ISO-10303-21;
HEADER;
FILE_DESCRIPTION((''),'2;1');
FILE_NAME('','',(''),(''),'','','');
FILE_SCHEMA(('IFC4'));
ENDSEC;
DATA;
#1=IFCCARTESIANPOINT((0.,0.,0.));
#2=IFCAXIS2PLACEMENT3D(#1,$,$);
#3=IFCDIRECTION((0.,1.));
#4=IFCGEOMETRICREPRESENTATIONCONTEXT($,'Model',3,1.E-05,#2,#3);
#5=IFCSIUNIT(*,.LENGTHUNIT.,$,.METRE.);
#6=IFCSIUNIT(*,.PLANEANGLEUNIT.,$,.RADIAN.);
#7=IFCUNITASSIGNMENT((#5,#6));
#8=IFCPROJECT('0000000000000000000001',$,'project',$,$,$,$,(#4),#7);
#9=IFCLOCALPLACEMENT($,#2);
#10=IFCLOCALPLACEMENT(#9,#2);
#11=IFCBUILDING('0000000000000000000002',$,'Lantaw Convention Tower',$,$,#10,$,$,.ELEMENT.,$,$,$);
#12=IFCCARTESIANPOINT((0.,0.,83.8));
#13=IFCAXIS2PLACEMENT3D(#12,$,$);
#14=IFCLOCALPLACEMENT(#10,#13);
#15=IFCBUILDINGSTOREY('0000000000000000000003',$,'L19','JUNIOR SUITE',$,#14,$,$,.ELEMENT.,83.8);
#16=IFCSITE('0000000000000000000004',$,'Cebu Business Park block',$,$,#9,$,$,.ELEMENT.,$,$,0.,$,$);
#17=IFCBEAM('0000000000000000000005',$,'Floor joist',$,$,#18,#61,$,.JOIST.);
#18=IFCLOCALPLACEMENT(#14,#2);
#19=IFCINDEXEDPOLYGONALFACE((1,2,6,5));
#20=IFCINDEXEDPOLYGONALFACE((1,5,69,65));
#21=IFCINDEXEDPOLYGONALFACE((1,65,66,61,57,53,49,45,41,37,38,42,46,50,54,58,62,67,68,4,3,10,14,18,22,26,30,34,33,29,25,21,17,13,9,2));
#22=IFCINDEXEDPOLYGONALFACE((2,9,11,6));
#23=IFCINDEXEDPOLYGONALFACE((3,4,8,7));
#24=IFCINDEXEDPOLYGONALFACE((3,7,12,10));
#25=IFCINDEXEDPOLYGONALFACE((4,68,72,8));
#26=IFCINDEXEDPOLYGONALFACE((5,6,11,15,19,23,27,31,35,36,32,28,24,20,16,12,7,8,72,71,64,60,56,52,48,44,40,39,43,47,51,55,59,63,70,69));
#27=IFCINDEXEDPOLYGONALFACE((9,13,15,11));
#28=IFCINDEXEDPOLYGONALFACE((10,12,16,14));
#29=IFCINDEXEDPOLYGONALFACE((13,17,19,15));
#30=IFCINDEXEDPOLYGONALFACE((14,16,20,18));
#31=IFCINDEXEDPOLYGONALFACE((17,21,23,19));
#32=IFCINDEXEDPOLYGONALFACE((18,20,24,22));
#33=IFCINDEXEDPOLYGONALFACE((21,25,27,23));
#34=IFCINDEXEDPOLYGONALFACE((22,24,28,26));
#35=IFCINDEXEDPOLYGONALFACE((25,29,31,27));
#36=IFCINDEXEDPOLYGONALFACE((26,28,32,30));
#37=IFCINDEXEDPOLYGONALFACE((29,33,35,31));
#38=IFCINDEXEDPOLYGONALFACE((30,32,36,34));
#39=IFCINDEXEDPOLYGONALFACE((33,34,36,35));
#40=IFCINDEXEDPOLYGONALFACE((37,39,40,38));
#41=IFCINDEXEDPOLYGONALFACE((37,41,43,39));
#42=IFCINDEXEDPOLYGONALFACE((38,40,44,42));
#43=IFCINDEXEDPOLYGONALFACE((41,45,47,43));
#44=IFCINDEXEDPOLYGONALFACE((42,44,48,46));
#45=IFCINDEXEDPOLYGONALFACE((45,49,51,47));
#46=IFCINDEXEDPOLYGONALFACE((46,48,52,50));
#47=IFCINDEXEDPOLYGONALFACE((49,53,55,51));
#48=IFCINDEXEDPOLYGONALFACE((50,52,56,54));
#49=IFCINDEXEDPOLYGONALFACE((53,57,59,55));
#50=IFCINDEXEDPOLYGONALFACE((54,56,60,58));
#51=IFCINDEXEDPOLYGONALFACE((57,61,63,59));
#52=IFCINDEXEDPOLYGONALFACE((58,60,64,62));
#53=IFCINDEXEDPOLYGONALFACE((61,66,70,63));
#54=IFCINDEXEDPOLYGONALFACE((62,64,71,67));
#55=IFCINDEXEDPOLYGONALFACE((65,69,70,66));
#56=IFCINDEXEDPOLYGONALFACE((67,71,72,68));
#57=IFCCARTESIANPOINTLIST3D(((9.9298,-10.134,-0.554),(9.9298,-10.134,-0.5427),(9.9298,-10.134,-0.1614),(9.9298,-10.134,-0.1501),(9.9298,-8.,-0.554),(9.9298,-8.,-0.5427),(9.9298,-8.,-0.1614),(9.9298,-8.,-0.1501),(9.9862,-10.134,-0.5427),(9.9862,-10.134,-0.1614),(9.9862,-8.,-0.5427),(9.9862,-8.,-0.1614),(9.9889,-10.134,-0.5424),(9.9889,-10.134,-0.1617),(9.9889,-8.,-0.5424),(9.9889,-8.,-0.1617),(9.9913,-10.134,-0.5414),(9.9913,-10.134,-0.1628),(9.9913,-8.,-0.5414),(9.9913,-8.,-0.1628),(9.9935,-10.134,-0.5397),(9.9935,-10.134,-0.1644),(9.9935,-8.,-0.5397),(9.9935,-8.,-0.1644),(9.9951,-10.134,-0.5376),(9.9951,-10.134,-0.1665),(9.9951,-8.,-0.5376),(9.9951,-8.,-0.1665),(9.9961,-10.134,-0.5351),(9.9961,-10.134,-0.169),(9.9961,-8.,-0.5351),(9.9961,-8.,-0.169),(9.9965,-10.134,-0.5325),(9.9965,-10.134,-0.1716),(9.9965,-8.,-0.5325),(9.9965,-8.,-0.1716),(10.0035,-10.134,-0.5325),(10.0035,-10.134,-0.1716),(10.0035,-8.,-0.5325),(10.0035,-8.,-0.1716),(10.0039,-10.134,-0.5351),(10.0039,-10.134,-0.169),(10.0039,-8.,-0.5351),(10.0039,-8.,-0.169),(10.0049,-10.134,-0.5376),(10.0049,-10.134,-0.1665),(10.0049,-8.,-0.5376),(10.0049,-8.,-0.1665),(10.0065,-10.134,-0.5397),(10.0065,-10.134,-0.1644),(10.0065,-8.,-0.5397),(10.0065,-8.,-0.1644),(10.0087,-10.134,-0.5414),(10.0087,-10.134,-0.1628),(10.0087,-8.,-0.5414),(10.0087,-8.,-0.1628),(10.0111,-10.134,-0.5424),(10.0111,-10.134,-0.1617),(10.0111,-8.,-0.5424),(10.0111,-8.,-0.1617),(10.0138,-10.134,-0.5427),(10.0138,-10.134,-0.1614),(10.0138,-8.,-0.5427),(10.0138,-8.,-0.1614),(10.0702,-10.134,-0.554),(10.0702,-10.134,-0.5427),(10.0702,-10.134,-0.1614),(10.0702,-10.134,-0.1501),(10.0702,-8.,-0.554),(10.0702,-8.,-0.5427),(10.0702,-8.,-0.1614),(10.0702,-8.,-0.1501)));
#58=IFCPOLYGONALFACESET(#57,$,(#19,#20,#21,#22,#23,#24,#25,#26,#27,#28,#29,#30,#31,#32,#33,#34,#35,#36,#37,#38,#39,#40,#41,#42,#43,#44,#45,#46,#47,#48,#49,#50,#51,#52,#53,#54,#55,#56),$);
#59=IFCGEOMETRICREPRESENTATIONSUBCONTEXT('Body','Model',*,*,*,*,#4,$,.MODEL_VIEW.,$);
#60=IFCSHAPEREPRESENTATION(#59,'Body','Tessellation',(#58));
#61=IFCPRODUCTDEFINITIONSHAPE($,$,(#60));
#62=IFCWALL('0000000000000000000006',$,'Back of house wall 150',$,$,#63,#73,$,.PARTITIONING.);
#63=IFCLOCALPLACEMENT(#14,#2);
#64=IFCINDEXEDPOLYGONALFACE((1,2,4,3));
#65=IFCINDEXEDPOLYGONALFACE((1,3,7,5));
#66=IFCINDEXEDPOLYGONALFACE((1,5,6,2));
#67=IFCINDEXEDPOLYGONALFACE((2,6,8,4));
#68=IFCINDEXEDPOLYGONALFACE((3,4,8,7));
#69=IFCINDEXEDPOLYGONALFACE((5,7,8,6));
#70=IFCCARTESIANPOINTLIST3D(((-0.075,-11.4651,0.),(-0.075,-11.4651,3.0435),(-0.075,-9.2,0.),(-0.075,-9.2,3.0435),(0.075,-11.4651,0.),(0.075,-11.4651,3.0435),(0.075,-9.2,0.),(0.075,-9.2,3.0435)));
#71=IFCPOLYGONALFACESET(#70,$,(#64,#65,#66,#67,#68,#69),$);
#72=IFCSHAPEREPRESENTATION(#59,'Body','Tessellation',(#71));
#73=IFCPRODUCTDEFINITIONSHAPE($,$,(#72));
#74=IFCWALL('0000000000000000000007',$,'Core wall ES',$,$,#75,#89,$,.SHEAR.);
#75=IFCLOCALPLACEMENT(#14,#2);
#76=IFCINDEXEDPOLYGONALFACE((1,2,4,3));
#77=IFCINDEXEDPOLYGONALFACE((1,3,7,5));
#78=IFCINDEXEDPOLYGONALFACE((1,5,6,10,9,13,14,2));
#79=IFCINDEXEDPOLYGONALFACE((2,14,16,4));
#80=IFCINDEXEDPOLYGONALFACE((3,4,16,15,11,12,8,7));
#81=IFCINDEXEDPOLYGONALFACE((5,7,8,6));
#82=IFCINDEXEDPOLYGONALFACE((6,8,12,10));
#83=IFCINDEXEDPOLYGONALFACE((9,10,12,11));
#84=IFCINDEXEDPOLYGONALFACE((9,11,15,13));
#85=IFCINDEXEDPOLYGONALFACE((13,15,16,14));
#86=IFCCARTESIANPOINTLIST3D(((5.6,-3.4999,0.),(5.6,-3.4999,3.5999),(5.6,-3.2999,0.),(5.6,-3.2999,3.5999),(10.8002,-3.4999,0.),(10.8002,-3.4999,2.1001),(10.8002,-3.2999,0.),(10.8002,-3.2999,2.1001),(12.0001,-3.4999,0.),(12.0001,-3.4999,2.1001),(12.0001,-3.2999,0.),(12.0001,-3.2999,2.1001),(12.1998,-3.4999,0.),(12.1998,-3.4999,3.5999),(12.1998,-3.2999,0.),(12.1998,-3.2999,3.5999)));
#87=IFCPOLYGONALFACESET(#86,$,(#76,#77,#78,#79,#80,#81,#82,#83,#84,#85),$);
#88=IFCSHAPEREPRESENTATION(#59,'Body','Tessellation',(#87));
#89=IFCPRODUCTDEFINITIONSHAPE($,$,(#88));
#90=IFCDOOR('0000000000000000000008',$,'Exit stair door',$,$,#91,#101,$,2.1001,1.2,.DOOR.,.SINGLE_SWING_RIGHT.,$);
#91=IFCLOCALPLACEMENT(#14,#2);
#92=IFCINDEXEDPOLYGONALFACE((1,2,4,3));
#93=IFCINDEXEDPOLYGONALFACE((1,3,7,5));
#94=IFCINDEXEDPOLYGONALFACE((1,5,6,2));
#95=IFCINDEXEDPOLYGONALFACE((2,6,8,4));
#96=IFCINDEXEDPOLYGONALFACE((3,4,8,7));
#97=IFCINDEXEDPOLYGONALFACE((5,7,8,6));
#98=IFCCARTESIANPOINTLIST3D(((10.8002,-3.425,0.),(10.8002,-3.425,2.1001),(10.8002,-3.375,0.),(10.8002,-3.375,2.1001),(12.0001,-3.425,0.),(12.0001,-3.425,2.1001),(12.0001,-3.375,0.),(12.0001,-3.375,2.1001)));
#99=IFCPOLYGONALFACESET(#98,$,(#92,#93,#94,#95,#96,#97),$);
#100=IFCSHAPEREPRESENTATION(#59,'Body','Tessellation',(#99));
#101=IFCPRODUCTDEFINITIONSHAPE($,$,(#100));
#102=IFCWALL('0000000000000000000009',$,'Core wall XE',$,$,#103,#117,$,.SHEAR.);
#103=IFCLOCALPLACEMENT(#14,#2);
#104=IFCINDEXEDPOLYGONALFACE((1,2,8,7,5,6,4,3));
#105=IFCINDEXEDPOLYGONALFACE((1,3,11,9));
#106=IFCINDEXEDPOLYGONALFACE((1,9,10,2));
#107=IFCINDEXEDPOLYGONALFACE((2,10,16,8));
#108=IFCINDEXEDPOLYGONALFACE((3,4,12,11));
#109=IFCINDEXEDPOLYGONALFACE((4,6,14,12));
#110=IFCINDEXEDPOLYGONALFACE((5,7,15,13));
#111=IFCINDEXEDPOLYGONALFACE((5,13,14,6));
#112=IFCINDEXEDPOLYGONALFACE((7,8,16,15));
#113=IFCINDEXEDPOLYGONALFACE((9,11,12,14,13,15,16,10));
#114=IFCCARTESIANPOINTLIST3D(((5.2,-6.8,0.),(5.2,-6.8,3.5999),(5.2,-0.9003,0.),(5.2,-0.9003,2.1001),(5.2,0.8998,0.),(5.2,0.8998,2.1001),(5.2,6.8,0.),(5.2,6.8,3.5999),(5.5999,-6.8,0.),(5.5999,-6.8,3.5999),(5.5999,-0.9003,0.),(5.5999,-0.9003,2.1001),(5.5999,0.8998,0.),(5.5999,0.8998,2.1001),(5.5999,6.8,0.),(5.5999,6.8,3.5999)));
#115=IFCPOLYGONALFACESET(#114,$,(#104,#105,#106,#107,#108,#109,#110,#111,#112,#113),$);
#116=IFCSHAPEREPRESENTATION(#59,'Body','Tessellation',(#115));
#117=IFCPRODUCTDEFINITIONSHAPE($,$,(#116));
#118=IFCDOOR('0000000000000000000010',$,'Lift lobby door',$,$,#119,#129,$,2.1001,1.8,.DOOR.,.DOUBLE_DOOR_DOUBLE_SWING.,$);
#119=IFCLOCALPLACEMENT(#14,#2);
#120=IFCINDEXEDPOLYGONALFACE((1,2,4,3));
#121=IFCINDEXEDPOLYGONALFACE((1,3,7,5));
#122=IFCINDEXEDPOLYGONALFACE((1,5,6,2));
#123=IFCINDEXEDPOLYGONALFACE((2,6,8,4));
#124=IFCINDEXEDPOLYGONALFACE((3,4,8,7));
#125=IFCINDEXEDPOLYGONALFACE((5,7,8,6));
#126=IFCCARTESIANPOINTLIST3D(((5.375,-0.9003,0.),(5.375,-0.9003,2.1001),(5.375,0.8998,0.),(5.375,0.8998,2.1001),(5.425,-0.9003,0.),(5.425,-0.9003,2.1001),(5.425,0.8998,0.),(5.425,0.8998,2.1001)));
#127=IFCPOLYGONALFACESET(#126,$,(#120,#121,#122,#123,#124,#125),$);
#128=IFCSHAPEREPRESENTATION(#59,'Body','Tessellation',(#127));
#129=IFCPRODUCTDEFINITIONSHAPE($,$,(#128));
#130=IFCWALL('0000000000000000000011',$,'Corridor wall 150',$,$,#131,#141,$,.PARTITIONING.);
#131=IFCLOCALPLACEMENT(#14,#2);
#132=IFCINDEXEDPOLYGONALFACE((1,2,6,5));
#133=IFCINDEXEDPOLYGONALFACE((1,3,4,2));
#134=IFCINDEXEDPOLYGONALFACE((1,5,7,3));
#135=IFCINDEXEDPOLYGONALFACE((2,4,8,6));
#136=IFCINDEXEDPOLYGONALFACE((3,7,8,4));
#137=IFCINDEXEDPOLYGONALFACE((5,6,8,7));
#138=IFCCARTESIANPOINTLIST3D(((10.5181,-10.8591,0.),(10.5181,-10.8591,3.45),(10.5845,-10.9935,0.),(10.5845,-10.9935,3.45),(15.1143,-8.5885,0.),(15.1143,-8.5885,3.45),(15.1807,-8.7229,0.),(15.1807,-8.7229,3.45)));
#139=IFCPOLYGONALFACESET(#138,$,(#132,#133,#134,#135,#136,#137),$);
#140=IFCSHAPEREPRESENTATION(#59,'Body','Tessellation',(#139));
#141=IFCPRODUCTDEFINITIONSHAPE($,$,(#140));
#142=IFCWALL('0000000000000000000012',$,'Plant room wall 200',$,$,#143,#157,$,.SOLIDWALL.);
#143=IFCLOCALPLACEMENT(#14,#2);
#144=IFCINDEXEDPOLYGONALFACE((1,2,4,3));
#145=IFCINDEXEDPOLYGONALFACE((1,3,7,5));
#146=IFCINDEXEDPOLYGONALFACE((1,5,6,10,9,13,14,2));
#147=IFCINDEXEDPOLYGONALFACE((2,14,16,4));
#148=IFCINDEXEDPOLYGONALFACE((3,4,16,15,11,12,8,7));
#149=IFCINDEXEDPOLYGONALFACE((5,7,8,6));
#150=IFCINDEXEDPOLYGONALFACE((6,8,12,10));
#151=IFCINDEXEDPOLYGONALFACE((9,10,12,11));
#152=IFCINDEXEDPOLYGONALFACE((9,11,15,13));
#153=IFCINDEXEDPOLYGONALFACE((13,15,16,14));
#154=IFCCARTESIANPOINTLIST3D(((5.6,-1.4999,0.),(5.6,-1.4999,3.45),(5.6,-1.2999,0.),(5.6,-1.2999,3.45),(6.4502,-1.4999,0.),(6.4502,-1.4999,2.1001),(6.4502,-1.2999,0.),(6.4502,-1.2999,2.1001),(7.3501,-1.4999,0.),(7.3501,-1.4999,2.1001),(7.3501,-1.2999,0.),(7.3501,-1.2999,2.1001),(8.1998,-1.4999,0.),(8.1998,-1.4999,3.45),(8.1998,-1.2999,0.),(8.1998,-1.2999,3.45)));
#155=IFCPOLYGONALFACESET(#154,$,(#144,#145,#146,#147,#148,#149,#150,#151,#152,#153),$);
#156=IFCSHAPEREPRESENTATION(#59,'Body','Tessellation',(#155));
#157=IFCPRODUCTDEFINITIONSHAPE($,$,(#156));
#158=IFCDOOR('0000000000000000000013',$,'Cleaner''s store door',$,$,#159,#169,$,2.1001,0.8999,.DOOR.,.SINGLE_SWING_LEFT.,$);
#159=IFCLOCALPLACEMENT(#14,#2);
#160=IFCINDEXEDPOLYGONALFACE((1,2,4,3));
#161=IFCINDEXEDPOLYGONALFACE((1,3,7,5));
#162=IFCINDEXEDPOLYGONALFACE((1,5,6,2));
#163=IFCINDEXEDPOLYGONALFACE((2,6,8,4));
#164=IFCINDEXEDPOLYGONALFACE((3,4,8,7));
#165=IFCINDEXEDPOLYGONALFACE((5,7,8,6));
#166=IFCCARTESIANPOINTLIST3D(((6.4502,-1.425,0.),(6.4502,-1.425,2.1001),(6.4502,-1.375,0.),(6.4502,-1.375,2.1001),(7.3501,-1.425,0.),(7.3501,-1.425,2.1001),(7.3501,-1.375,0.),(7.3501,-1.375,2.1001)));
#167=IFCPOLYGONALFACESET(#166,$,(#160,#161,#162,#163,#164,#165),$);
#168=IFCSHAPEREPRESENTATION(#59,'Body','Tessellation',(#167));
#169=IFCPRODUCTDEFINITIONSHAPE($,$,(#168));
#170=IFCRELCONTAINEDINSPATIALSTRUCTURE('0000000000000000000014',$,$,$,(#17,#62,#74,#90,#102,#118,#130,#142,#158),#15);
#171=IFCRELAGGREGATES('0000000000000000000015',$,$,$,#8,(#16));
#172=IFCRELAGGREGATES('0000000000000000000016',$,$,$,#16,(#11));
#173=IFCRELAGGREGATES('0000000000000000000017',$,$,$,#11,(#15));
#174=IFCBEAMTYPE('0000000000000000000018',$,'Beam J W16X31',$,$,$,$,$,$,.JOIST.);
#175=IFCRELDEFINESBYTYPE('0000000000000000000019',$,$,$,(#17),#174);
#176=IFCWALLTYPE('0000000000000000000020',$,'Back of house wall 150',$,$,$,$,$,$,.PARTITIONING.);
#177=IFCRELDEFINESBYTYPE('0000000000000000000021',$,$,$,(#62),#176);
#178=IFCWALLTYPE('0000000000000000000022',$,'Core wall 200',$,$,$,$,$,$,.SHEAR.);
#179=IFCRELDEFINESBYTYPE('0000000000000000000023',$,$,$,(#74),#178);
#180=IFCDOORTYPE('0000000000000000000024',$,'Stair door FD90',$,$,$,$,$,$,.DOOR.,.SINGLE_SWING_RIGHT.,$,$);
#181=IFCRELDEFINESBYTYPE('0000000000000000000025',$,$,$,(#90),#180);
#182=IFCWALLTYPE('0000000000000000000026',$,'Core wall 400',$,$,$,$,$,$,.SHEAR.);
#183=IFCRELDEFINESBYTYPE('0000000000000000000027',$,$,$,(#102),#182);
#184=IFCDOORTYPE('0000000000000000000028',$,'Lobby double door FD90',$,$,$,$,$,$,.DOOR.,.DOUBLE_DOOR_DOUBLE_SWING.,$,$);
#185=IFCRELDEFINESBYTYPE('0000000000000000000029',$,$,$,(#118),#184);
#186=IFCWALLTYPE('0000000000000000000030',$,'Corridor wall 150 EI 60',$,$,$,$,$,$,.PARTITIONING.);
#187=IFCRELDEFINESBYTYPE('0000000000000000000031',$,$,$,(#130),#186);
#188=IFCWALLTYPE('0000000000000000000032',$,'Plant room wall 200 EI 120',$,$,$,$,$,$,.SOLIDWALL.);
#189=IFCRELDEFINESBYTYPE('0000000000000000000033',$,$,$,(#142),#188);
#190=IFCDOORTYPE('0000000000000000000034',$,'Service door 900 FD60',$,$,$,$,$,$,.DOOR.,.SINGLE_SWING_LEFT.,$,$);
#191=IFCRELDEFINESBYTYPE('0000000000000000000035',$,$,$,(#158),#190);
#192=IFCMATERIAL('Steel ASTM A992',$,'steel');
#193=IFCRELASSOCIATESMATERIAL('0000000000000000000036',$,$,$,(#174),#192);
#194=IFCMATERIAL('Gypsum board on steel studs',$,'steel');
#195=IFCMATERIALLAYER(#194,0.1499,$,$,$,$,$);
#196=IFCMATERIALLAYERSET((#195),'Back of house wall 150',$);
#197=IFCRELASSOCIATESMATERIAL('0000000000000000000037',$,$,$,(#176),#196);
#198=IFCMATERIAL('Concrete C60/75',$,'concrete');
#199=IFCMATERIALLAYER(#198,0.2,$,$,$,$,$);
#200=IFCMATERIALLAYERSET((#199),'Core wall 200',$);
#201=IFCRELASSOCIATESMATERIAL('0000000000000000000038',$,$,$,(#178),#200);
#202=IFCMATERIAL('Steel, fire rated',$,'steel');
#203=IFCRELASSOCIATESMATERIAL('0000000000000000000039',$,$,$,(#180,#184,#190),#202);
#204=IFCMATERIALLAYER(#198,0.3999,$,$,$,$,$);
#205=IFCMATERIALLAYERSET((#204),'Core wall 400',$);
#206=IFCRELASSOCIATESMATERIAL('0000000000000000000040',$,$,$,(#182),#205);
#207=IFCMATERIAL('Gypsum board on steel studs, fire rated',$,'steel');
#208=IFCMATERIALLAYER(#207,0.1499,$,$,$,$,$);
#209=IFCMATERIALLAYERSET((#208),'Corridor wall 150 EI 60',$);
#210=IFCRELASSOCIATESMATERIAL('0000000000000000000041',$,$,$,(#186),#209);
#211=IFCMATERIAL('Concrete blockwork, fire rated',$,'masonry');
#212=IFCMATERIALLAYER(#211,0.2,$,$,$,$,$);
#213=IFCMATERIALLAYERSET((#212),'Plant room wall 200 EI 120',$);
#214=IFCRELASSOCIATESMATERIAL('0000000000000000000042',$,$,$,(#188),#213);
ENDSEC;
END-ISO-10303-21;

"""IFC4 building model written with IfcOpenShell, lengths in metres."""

from ifc_helpers import new_model, si_unit, direction, frame, frame_2d, origin, origin_2d, place, context, subcontext, project, spatial, rectangle, i_section, extrude, material, layer, layer_set, material_profile, profile_set, type_object, element, fill, save


model = new_model("IFC4")

# Units and contexts
model_context = context("Model", 3, precision=1e-05, world=origin(), true_north=direction((0.0, 1.0)))
body_context = subcontext(model_context, "Body", "Model", "MODEL_VIEW")
ifc_project = project(units=[si_unit("LENGTHUNIT", "METRE"), si_unit("PLANEANGLEUNIT", "RADIAN")], contexts=[model_context])

# Site, building, storey
site_placement = place(None, origin())
site = spatial("IfcSite", under=ifc_project, at=site_placement, Name="Cebu Business Park block", CompositionType="ELEMENT", RefElevation=0.0)
building_placement = place(site_placement, origin())
building = spatial("IfcBuilding", under=site, at=building_placement, Name="Lantaw Convention Tower", CompositionType="ELEMENT")
storey_placement = place(building_placement, frame((0.0, 0.0, 83.8)))
storey = spatial("IfcBuildingStorey", under=building, at=storey_placement, Name="L19", Description="JUNIOR SUITE", CompositionType="ELEMENT", Elevation=83.8)

# Beam
ifc_material_1 = material(Name="Steel ASTM A992", Category="steel")
ifc_material_profile_1 = material_profile(ifc_material_1, i_section(OverallWidth=0.1404, OverallDepth=0.4038, WebThickness=0.0071, FlangeThickness=0.0112, FilletRadius=0.0103, at=origin_2d()), Name="W16X31")
ifc_profile_set_1 = profile_set([ifc_material_profile_1], Name="Steel ASTM A992")
beam_type_1 = type_object("IfcBeamType", Name="Beam J W16X31", PredefinedType="JOIST", material=ifc_profile_set_1)
beam_1_placement = place(storey_placement, frame((10.0, -10.134, -0.3521), z_axis=(0.0, 1.0, 0.0), x_axis=(-1.0, 0.0, 0.0)))
element("IfcBeam", 1, at=beam_1_placement, inside=storey, type_object=beam_type_1, Name="Floor joist", PredefinedType="JOIST", context=body_context, shape_type="SweptSolid", body=[
    extrude(i_section(OverallWidth=0.1404, OverallDepth=0.4038, WebThickness=0.0071, FlangeThickness=0.0112, FilletRadius=0.0103, at=origin_2d()), origin(), (0.0, 0.0, 1.0), 2.134),
])

# Wall
ifc_material_2 = material(Name="Gypsum board on steel studs", Category="steel")
ifc_layer_1 = layer(ifc_material_2, 0.1499)
ifc_layer_set_1 = layer_set([ifc_layer_1], Name="Back of house wall 150")
wall_type_1 = type_object("IfcWallType", Name="Back of house wall 150", PredefinedType="PARTITIONING", material=ifc_layer_set_1)
wall_1_placement = place(storey_placement, frame((0.0, -9.2, 0.0), z_axis=(0.0, 0.0, 1.0), x_axis=(0.0, -1.0, 0.0)))
element("IfcWall", 2, at=wall_1_placement, inside=storey, type_object=wall_type_1, Name="Back of house wall 150", PredefinedType="PARTITIONING", context=body_context, shape_type="SweptSolid", body=[
    extrude(rectangle(XDim=2.2651, YDim=0.1499, at=frame_2d((1.1326, 0.0))), origin(), (0.0, 0.0, 1.0), 3.0435),
])

# Walls, openings, doors
ifc_material_3 = material(Name="Concrete C60/75", Category="concrete")
ifc_layer_2 = layer(ifc_material_3, 0.2)
ifc_layer_set_2 = layer_set([ifc_layer_2], Name="Core wall 200")
wall_type_2 = type_object("IfcWallType", Name="Core wall 200", PredefinedType="SHEAR", material=ifc_layer_set_2)
wall_2_placement = place(storey_placement, frame((5.6001, -3.3999, 0.0), z_axis=(0.0, 0.0, 1.0), x_axis=(1.0, 0.0, 0.0)))
wall_2 = element("IfcWall", 3, at=wall_2_placement, inside=storey, type_object=wall_type_2, Name="Core wall ES", PredefinedType="SHEAR", context=body_context, shape_type="SweptSolid", body=[
    extrude(rectangle(XDim=6.5999, YDim=0.2, at=frame_2d((3.2998, 0.0))), origin(), (0.0, 0.0, 1.0), 3.5999),
])
opening_1_placement = place(wall_2_placement, frame((5.2, 0.0, 0.0)))
opening_1 = element("IfcOpeningElement", 4, at=opening_1_placement, cuts=wall_2, PredefinedType="OPENING", context=body_context, shape_type="SweptSolid", body=[
    extrude(rectangle(XDim=1.2, YDim=2.1001, at=frame_2d((0.6001, 1.05))), frame((0.0, 0.1099, 0.0), z_axis=(0.0, -1.0, 0.0), x_axis=(1.0, 0.0, 0.0)), (0.0, 0.0, 1.0), 0.22),
])
ifc_material_4 = material(Name="Steel, fire rated", Category="steel")
door_type_1 = type_object("IfcDoorType", Name="Stair door FD90", OperationType="SINGLE_SWING_RIGHT", PredefinedType="DOOR", material=ifc_material_4)
door_1_placement = place(opening_1_placement, origin())
door_1 = element("IfcDoor", 5, at=door_1_placement, inside=storey, type_object=door_type_1, Name="Exit stair door", OperationType="SINGLE_SWING_RIGHT", OverallHeight=2.1001, OverallWidth=1.2, PredefinedType="DOOR", context=body_context, shape_type="SweptSolid", body=[
    extrude(rectangle(XDim=1.2, YDim=2.1001, at=frame_2d((0.6001, 1.05))), frame((0.0, 0.0249, 0.0), z_axis=(0.0, -1.0, 0.0), x_axis=(1.0, 0.0, 0.0)), (0.0, 0.0, 1.0), 0.05),
])
fill(opening_1, door_1)
ifc_layer_3 = layer(ifc_material_3, 0.3999)
ifc_layer_set_3 = layer_set([ifc_layer_3], Name="Core wall 400")
wall_type_3 = type_object("IfcWallType", Name="Core wall 400", PredefinedType="SHEAR", material=ifc_layer_set_3)
wall_3_placement = place(storey_placement, frame((5.3999, -6.8, 0.0), z_axis=(0.0, 0.0, 1.0), x_axis=(0.0, 1.0, 0.0)))
wall_3 = element("IfcWall", 6, at=wall_3_placement, inside=storey, type_object=wall_type_3, Name="Core wall XE", PredefinedType="SHEAR", context=body_context, shape_type="SweptSolid", body=[
    extrude(rectangle(XDim=13.6001, YDim=0.3999, at=frame_2d((6.8, 0.0))), origin(), (0.0, 0.0, 1.0), 3.5999),
])
opening_2_placement = place(wall_3_placement, frame((5.8999, 0.0, 0.0)))
opening_2 = element("IfcOpeningElement", 7, at=opening_2_placement, cuts=wall_3, PredefinedType="OPENING", context=body_context, shape_type="SweptSolid", body=[
    extrude(rectangle(XDim=1.8, YDim=2.1001, at=frame_2d((0.8999, 1.05))), frame((0.0, 0.21, 0.0), z_axis=(0.0, -1.0, 0.0), x_axis=(1.0, 0.0, 0.0)), (0.0, 0.0, 1.0), 0.4199),
])
door_type_2 = type_object("IfcDoorType", Name="Lobby double door FD90", OperationType="DOUBLE_DOOR_DOUBLE_SWING", PredefinedType="DOOR", material=ifc_material_4)
door_2_placement = place(opening_2_placement, origin())
door_2 = element("IfcDoor", 8, at=door_2_placement, inside=storey, type_object=door_type_2, Name="Lift lobby door", OperationType="DOUBLE_DOOR_DOUBLE_SWING", OverallHeight=2.1001, OverallWidth=1.8, PredefinedType="DOOR", context=body_context, shape_type="SweptSolid", body=[
    extrude(rectangle(XDim=1.8, YDim=2.1001, at=frame_2d((0.8999, 1.05))), frame((0.0, 0.0249, 0.0), z_axis=(0.0, -1.0, 0.0), x_axis=(1.0, 0.0, 0.0)), (0.0, 0.0, 1.0), 0.05),
])
fill(opening_2, door_2)

# Wall
ifc_material_5 = material(Name="Gypsum board on steel studs, fire rated", Category="steel")
ifc_layer_4 = layer(ifc_material_5, 0.1499)
ifc_layer_set_4 = layer_set([ifc_layer_4], Name="Corridor wall 150 EI 60")
wall_type_4 = type_object("IfcWallType", Name="Corridor wall 150 EI 60", PredefinedType="PARTITIONING", material=ifc_layer_set_4)
wall_4_placement = place(storey_placement, frame((10.5513, -10.9263, 0.0), z_axis=(0.0, 0.0, 1.0), x_axis=(0.896569, 0.442903, 0.0)))
element("IfcWall", 9, at=wall_4_placement, inside=storey, type_object=wall_type_4, Name="Corridor wall 150", PredefinedType="PARTITIONING", context=body_context, shape_type="SweptSolid", body=[
    extrude(rectangle(XDim=5.1265, YDim=0.1499, at=frame_2d((2.5632, 0.0))), origin(), (0.0, 0.0, 1.0), 3.45),
])

# Wall, opening, door
ifc_material_6 = material(Name="Concrete blockwork, fire rated", Category="masonry")
ifc_layer_5 = layer(ifc_material_6, 0.2)
ifc_layer_set_5 = layer_set([ifc_layer_5], Name="Plant room wall 200 EI 120")
wall_type_5 = type_object("IfcWallType", Name="Plant room wall 200 EI 120", PredefinedType="SOLIDWALL", material=ifc_layer_set_5)
wall_5_placement = place(storey_placement, frame((5.6001, -1.3999, 0.0), z_axis=(0.0, 0.0, 1.0), x_axis=(1.0, 0.0, 0.0)))
wall_5 = element("IfcWall", 10, at=wall_5_placement, inside=storey, type_object=wall_type_5, Name="Plant room wall 200", PredefinedType="SOLIDWALL", context=body_context, shape_type="SweptSolid", body=[
    extrude(rectangle(XDim=2.5999, YDim=0.2, at=frame_2d((1.2998, 0.0))), origin(), (0.0, 0.0, 1.0), 3.45),
])
opening_3_placement = place(wall_5_placement, frame((0.8501, 0.0, 0.0)))
opening_3 = element("IfcOpeningElement", 11, at=opening_3_placement, cuts=wall_5, PredefinedType="OPENING", context=body_context, shape_type="SweptSolid", body=[
    extrude(rectangle(XDim=0.8999, YDim=2.1001, at=frame_2d((0.45, 1.05))), frame((0.0, 0.1099, 0.0), z_axis=(0.0, -1.0, 0.0), x_axis=(1.0, 0.0, 0.0)), (0.0, 0.0, 1.0), 0.22),
])
door_type_3 = type_object("IfcDoorType", Name="Service door 900 FD60", OperationType="SINGLE_SWING_LEFT", PredefinedType="DOOR", material=ifc_material_4)
door_3_placement = place(opening_3_placement, origin())
door_3 = element("IfcDoor", 12, at=door_3_placement, inside=storey, type_object=door_type_3, Name="Cleaner's store door", OperationType="SINGLE_SWING_LEFT", OverallHeight=2.1001, OverallWidth=0.8999, PredefinedType="DOOR", context=body_context, shape_type="SweptSolid", body=[
    extrude(rectangle(XDim=0.8999, YDim=2.1001, at=frame_2d((0.45, 1.05))), frame((0.0, 0.0249, 0.0), z_axis=(0.0, -1.0, 0.0), x_axis=(1.0, 0.0, 0.0)), (0.0, 0.0, 1.0), 0.05),
])
fill(opening_3, door_3)

save(model, "model.ifc")
